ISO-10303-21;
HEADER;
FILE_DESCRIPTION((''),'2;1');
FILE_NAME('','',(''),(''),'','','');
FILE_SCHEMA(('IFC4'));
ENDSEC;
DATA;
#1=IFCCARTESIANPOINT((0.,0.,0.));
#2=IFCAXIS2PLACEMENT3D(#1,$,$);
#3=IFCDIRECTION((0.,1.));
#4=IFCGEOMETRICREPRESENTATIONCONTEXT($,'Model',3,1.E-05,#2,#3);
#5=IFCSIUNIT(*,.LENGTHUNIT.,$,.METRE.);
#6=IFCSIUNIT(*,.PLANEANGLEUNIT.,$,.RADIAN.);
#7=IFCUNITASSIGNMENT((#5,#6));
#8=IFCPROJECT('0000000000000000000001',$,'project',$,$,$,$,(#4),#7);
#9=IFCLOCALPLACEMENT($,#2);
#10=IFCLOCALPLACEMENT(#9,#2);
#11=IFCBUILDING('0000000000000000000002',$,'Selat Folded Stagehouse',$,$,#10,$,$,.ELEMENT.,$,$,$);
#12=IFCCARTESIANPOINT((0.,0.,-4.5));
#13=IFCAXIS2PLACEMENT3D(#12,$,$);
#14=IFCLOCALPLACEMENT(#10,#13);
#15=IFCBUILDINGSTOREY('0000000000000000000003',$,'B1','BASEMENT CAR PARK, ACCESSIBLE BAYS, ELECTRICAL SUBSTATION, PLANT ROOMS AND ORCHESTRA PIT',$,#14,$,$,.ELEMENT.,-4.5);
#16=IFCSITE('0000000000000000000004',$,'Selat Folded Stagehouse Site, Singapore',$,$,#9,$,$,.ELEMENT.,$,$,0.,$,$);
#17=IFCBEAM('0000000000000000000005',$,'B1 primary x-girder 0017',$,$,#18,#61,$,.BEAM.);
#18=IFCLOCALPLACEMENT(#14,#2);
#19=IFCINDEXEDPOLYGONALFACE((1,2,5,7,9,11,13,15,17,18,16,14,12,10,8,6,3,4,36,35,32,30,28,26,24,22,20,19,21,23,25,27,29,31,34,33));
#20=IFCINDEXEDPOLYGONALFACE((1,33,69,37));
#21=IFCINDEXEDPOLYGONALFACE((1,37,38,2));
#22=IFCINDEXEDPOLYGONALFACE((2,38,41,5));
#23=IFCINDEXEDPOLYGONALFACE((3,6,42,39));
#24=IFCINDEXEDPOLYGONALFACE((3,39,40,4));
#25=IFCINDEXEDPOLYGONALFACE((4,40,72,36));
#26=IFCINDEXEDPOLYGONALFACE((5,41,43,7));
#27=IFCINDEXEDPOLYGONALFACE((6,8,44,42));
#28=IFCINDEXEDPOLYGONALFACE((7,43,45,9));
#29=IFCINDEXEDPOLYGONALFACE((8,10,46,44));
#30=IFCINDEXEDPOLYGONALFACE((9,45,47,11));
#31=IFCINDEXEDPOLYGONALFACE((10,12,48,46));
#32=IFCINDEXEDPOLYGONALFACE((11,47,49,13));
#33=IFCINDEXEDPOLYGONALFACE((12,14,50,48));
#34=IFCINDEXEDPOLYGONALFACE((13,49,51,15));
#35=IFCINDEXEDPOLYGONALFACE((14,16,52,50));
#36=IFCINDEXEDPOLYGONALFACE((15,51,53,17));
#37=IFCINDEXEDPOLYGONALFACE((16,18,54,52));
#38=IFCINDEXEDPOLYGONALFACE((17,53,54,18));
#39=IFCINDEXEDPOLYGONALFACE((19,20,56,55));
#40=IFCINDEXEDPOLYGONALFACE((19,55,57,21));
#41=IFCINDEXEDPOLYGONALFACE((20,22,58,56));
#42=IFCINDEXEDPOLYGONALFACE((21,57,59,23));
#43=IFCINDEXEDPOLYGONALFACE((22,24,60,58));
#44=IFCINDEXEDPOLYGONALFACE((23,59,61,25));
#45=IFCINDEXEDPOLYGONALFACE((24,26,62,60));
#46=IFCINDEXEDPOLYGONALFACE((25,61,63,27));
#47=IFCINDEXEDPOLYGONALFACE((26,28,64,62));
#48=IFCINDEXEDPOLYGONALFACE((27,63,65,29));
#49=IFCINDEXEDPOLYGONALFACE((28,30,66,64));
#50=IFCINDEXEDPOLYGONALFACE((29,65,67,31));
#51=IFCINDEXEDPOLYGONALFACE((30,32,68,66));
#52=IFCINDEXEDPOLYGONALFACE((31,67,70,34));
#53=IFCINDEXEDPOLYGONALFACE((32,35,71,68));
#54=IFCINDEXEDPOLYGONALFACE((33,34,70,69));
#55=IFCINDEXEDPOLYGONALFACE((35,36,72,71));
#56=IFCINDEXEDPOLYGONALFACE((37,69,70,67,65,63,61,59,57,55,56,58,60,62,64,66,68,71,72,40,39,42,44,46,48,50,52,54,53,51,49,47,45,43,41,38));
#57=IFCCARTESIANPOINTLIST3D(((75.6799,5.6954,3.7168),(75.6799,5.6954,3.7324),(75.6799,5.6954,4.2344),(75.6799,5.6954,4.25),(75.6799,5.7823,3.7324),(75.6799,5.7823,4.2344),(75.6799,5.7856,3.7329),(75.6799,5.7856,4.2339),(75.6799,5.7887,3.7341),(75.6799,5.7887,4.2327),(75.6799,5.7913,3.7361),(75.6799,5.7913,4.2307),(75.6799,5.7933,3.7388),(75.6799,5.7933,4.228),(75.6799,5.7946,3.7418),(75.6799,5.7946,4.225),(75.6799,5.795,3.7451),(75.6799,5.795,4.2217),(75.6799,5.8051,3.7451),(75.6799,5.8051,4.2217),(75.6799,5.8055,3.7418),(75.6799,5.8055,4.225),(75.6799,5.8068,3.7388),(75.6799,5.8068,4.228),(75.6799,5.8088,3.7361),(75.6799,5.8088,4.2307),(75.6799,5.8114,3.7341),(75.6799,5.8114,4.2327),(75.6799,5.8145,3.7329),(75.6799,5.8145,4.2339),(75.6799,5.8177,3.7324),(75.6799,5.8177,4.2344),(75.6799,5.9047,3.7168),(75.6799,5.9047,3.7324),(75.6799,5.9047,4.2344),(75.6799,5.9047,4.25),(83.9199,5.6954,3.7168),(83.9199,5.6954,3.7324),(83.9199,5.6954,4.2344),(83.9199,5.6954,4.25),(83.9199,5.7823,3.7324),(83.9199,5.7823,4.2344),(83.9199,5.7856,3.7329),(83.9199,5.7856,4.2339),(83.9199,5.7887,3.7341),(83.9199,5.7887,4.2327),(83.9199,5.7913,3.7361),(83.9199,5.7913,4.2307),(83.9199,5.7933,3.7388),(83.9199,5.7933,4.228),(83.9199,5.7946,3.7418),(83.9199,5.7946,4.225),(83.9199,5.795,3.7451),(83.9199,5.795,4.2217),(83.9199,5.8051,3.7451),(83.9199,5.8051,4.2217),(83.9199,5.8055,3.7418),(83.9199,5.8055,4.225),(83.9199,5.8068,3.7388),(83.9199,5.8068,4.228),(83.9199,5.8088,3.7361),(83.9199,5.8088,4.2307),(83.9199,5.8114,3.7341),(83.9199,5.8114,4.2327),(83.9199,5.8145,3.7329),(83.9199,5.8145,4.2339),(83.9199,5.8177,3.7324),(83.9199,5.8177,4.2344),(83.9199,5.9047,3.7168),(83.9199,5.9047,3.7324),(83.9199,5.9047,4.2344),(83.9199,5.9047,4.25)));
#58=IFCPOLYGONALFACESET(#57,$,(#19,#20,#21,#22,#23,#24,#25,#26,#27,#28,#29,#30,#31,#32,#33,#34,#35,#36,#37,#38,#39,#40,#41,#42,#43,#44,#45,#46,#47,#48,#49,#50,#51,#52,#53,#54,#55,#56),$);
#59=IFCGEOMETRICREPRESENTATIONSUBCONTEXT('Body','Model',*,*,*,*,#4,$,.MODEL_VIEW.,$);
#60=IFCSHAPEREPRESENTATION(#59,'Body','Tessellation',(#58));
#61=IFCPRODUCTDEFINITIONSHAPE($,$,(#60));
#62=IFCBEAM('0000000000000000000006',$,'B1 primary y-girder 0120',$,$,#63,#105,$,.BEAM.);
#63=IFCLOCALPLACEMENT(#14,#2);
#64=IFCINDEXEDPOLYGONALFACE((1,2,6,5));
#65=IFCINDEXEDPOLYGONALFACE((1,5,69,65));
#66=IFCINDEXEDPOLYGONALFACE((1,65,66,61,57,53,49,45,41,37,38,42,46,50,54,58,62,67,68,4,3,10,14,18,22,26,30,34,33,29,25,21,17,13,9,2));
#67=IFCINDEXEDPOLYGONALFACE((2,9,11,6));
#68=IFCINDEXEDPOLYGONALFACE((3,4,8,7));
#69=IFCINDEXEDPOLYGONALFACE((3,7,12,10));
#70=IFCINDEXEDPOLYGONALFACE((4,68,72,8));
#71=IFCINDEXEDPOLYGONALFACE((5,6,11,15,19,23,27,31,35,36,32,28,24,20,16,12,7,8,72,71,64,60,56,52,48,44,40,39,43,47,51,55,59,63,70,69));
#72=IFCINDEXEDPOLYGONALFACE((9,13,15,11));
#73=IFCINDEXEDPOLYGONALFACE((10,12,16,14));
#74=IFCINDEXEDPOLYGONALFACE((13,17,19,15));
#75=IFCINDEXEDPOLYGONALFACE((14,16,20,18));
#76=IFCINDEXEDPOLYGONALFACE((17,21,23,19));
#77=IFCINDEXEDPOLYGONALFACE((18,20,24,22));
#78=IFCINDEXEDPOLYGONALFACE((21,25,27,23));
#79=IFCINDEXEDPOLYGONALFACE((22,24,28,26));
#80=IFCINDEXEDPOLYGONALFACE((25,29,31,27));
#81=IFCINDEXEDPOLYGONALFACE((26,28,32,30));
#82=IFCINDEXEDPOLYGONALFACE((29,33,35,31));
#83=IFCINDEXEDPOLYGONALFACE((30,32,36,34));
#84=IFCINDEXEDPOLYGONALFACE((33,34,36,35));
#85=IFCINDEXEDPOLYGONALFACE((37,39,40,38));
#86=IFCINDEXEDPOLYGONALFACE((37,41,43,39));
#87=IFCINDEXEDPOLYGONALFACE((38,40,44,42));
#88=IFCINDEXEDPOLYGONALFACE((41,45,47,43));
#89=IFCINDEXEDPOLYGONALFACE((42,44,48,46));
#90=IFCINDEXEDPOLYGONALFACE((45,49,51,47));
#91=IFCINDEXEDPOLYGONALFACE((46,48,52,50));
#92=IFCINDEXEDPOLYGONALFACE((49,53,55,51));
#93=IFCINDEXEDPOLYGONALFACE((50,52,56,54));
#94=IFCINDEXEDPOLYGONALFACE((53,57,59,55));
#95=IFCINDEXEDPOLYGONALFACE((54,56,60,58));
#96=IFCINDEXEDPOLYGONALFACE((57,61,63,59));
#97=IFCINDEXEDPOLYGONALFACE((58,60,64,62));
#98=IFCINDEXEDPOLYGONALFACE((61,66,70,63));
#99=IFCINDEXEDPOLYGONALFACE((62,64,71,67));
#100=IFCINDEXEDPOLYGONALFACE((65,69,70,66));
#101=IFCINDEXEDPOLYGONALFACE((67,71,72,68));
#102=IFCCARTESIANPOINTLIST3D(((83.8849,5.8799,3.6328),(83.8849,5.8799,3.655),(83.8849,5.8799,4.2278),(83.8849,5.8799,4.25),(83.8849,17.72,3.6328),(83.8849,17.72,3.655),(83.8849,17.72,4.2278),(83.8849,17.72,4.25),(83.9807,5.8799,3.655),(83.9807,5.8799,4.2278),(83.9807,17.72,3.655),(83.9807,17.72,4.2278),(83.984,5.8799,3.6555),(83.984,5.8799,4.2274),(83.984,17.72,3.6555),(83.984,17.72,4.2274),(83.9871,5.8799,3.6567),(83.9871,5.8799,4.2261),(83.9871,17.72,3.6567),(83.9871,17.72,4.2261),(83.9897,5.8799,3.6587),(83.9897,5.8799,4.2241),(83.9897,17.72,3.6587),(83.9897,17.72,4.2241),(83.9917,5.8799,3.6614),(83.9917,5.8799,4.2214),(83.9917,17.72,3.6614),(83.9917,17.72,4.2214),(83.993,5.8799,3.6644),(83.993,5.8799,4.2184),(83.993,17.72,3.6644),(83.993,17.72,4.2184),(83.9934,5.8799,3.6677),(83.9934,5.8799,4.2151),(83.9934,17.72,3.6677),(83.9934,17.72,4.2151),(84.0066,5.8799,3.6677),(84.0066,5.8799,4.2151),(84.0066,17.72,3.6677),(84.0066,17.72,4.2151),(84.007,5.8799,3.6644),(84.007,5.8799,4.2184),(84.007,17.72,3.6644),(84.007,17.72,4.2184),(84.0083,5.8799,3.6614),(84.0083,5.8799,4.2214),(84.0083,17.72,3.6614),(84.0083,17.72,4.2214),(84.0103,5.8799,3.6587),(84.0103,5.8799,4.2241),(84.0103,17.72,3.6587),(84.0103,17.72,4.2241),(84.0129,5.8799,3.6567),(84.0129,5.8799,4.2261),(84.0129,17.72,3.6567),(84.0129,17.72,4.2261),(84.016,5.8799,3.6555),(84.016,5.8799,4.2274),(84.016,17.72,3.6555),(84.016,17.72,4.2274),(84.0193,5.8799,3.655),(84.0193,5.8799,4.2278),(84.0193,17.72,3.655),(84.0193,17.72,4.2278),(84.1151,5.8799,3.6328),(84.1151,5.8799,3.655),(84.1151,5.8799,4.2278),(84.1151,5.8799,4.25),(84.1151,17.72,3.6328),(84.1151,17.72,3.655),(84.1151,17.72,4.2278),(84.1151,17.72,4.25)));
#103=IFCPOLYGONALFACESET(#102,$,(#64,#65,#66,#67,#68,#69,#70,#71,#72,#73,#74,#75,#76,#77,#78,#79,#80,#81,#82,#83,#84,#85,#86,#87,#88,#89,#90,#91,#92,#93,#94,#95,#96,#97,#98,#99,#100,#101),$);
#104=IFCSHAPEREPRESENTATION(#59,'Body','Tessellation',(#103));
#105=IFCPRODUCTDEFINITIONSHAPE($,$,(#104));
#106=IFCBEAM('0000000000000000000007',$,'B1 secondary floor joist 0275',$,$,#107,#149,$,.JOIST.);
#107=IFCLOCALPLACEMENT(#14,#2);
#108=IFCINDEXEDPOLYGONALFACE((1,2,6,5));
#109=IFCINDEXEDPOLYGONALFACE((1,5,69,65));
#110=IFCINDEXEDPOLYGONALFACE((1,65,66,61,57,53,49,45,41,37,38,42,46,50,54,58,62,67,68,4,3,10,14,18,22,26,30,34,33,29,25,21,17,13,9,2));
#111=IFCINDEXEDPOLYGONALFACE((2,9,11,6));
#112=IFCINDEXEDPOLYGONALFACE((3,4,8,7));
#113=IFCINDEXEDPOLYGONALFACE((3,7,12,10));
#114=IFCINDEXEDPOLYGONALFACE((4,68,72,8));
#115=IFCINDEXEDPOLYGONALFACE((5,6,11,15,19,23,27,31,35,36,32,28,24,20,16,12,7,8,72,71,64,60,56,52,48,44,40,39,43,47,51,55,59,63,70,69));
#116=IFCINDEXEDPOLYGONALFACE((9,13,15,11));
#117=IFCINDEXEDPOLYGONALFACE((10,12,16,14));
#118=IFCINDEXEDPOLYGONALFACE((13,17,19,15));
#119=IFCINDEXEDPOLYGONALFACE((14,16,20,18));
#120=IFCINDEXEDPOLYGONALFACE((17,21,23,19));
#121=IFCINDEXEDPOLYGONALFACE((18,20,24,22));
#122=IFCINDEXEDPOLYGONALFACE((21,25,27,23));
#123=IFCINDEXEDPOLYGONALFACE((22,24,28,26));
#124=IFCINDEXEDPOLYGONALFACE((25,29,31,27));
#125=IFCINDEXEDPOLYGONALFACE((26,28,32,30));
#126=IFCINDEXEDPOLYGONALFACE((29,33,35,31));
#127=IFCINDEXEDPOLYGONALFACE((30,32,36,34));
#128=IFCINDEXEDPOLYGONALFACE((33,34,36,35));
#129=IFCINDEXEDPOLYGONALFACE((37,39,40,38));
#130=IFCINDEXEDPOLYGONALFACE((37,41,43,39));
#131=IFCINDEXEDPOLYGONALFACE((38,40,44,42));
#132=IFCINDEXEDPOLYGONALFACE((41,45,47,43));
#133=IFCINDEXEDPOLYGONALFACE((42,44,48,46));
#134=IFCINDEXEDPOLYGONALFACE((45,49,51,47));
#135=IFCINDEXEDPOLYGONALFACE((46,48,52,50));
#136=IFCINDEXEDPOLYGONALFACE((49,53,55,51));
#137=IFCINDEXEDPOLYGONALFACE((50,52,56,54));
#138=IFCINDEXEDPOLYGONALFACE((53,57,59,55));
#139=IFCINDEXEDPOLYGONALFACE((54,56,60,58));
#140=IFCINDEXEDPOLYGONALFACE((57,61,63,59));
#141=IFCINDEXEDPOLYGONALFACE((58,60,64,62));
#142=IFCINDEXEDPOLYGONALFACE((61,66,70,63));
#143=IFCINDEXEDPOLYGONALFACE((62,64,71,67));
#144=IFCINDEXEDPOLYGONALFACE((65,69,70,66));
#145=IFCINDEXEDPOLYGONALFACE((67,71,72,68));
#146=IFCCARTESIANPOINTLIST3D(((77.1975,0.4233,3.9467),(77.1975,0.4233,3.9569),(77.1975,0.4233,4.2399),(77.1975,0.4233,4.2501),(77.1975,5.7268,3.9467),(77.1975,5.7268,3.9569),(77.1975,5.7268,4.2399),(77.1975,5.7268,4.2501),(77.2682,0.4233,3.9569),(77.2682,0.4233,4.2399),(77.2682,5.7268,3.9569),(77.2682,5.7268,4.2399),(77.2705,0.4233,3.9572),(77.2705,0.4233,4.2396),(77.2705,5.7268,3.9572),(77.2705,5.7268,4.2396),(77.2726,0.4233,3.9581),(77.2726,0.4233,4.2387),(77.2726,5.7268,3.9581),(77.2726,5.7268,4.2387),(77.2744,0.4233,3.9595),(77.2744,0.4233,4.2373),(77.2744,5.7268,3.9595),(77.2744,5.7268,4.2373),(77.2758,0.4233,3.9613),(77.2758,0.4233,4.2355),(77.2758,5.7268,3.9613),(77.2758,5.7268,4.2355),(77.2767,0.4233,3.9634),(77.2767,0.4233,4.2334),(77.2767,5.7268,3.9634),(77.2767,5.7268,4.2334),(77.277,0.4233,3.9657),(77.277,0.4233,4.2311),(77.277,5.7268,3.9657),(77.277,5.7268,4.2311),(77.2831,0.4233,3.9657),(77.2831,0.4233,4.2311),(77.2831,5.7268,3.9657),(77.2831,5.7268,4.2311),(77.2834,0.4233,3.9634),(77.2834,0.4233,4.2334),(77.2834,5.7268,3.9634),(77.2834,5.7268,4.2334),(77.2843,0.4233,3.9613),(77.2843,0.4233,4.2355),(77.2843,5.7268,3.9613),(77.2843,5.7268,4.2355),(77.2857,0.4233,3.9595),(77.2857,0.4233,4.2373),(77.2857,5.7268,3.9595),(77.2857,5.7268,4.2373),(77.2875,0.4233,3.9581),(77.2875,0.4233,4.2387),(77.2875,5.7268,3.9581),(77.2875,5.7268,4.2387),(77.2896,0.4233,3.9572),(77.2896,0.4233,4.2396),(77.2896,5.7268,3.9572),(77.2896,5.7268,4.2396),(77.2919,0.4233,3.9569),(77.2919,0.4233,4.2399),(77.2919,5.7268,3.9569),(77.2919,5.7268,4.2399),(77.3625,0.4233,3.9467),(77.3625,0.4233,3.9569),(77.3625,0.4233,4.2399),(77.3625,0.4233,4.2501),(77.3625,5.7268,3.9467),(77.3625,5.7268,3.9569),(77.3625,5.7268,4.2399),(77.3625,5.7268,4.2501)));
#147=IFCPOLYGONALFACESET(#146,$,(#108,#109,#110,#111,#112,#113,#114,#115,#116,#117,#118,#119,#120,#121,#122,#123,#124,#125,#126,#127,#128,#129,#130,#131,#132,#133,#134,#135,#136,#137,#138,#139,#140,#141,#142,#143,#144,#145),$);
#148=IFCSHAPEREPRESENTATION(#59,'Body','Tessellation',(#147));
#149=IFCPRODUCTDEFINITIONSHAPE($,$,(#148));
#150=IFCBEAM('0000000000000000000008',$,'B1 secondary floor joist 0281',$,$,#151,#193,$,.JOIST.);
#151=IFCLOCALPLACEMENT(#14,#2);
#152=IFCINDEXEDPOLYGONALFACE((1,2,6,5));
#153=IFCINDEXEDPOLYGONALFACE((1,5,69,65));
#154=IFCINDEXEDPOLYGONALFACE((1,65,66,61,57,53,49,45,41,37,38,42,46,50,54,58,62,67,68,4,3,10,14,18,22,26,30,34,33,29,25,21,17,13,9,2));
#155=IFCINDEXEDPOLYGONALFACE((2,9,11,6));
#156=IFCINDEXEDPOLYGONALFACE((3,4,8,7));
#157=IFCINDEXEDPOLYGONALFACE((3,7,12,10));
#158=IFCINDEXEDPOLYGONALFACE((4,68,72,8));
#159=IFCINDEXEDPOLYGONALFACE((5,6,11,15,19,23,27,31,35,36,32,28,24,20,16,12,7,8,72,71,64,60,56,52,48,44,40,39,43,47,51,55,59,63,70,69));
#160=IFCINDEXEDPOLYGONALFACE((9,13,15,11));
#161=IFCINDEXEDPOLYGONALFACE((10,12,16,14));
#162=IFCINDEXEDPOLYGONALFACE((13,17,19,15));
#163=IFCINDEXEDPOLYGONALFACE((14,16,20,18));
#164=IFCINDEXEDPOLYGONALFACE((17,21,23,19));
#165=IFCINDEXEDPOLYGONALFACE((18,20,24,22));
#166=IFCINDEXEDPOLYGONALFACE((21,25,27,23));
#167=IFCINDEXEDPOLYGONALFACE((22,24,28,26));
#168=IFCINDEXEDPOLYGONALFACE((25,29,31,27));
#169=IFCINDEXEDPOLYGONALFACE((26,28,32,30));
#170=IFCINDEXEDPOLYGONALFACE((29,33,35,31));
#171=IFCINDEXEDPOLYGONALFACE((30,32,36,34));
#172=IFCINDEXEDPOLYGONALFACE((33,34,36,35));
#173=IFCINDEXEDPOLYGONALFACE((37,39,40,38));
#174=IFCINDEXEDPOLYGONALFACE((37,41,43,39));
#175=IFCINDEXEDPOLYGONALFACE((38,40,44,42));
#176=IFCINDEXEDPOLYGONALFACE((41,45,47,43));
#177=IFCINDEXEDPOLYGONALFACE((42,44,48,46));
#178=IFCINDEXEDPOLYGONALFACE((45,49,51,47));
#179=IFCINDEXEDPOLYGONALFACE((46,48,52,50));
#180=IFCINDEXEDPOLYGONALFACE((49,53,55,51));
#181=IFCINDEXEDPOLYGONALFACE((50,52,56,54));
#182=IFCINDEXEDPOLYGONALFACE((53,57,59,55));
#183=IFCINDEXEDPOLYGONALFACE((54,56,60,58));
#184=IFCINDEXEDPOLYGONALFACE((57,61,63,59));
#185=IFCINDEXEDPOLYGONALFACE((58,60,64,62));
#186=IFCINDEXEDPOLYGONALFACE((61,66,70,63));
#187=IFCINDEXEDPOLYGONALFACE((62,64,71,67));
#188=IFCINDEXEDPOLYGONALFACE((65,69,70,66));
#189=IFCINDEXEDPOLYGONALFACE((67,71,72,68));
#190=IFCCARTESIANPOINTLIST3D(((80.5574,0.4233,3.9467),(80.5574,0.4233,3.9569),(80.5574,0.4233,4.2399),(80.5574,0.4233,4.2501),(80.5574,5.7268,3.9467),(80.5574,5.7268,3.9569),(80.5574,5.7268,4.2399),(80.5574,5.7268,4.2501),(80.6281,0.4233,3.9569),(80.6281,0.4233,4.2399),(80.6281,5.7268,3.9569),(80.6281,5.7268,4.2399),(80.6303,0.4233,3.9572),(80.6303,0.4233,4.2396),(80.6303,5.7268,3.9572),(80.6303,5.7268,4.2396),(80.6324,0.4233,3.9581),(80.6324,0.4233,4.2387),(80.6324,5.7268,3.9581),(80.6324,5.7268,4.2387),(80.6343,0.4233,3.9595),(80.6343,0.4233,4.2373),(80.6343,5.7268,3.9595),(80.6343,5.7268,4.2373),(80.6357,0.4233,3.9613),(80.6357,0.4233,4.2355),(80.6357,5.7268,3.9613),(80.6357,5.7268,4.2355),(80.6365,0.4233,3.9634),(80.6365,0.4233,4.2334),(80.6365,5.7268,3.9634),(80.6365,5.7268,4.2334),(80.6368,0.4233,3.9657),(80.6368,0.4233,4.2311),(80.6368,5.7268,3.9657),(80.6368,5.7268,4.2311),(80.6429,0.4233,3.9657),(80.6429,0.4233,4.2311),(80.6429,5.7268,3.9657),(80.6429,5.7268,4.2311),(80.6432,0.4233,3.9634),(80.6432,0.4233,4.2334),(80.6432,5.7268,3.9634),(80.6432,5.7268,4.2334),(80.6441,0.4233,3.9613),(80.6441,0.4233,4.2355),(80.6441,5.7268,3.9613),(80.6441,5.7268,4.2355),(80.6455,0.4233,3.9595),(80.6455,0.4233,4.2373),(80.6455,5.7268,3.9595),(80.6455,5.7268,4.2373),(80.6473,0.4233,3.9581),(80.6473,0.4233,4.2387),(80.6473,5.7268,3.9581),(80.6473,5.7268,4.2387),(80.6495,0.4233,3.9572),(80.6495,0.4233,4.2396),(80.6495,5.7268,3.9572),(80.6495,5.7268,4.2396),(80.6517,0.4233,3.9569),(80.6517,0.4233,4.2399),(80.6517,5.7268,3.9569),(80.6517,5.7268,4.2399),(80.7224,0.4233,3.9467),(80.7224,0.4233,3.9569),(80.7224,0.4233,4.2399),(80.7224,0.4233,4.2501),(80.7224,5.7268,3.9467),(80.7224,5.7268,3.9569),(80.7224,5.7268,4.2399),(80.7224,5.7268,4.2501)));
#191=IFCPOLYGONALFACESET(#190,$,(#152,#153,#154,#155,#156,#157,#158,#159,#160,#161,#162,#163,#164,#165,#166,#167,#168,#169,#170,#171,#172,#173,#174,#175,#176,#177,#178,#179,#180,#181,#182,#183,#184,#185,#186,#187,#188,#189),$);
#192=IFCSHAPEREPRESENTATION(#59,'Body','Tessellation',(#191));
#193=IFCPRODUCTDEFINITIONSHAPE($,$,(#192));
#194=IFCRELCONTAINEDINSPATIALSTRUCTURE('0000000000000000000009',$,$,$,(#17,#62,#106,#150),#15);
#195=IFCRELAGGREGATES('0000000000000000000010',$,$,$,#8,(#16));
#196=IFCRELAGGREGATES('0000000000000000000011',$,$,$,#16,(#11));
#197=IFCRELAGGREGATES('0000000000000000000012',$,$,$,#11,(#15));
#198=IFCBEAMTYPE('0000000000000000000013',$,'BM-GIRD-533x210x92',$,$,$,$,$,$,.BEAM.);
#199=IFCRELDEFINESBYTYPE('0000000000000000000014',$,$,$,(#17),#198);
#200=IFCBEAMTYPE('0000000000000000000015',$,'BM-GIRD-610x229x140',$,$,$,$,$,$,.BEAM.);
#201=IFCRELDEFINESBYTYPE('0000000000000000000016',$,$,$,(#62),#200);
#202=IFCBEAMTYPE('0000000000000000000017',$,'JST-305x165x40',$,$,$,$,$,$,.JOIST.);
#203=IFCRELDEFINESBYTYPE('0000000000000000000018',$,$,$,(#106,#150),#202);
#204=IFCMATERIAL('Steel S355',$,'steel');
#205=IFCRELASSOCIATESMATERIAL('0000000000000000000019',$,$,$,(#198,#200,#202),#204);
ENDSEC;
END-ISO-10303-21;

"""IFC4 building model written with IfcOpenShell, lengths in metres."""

from ifc_helpers import new_model, si_unit, direction, frame, origin, origin_2d, place, context, subcontext, project, spatial, i_section, extrude, material, material_profile, profile_set, type_object, element, save


model = new_model("IFC4")

# Units and contexts
model_context = context("Model", 3, precision=1e-05, world=origin(), true_north=direction((0.0, 1.0)))
body_context = subcontext(model_context, "Body", "Model", "MODEL_VIEW")
ifc_project = project(units=[si_unit("LENGTHUNIT", "METRE"), si_unit("PLANEANGLEUNIT", "RADIAN")], contexts=[model_context])

# Site, building, storey
site_placement = place(None, origin())
site = spatial("IfcSite", under=ifc_project, at=site_placement, Name="Selat Folded Stagehouse Site, Singapore", CompositionType="ELEMENT", RefElevation=0.0)
building_placement = place(site_placement, origin())
building = spatial("IfcBuilding", under=site, at=building_placement, Name="Selat Folded Stagehouse", CompositionType="ELEMENT")
storey_placement = place(building_placement, frame((0.0, 0.0, -4.5)))
storey = spatial("IfcBuildingStorey", under=building, at=storey_placement, Name="B1", Description="BASEMENT CAR PARK, ACCESSIBLE BAYS, ELECTRICAL SUBSTATION, PLANT ROOMS AND ORCHESTRA PIT", CompositionType="ELEMENT", Elevation=-4.5)

# Shared definitions
ifc_material_1 = material(Name="Steel S355", Category="steel")

# Beams
ifc_material_profile_1 = material_profile(ifc_material_1, i_section(OverallWidth=0.2092, OverallDepth=0.5332, WebThickness=0.01, FlangeThickness=0.0156, FilletRadius=0.0127, at=origin_2d()), Name="UKB 533x210x92")
ifc_profile_set_1 = profile_set([ifc_material_profile_1], Name="Steel S355")
beam_type_1 = type_object("IfcBeamType", Name="BM-GIRD-533x210x92", PredefinedType="BEAM", material=ifc_profile_set_1)
beam_1_placement = place(storey_placement, frame((75.6799, 5.8, 3.9834), z_axis=(1.0, 0.0, 0.0), x_axis=(0.0, 1.0, 0.0)))
element("IfcBeam", 1, at=beam_1_placement, inside=storey, type_object=beam_type_1, Name="B1 primary x-girder 0017", PredefinedType="BEAM", context=body_context, shape_type="SweptSolid", body=[
    extrude(i_section(OverallWidth=0.2092, OverallDepth=0.5332, WebThickness=0.01, FlangeThickness=0.0156, FilletRadius=0.0127, at=origin_2d()), origin(), (0.0, 0.0, 1.0), 8.24),
])
ifc_material_profile_2 = material_profile(ifc_material_1, i_section(OverallWidth=0.2302, OverallDepth=0.6172, WebThickness=0.0132, FlangeThickness=0.0222, FilletRadius=0.0127, at=origin_2d()), Name="UKB 610x229x140")
ifc_profile_set_2 = profile_set([ifc_material_profile_2], Name="Steel S355")
beam_type_2 = type_object("IfcBeamType", Name="BM-GIRD-610x229x140", PredefinedType="BEAM", material=ifc_profile_set_2)
beam_2_placement = place(storey_placement, frame((84.0, 5.8799, 3.9414), z_axis=(0.0, 1.0, 0.0), x_axis=(-1.0, 0.0, 0.0)))
element("IfcBeam", 2, at=beam_2_placement, inside=storey, type_object=beam_type_2, Name="B1 primary y-girder 0120", PredefinedType="BEAM", context=body_context, shape_type="SweptSolid", body=[
    extrude(i_section(OverallWidth=0.2302, OverallDepth=0.6172, WebThickness=0.0132, FlangeThickness=0.0222, FilletRadius=0.0127, at=origin_2d()), origin(), (0.0, 0.0, 1.0), 11.8401),
])
ifc_material_profile_3 = material_profile(ifc_material_1, i_section(OverallWidth=0.165, OverallDepth=0.3035, WebThickness=0.0061, FlangeThickness=0.0103, FilletRadius=0.0088, at=origin_2d()), Name="UKB 305x165x40")
ifc_profile_set_3 = profile_set([ifc_material_profile_3], Name="Steel S355")
beam_type_3 = type_object("IfcBeamType", Name="JST-305x165x40", PredefinedType="JOIST", material=ifc_profile_set_3)
for number, where, z_axis, x_axis, name in (
    (3, (77.28, 0.4233, 4.0984), (0.0, 1.0, 0.0), (-1.0, 0.0, 0.0), "B1 secondary floor joist 0275"),
    (4, (80.6399, 0.4233, 4.0984), (0.0, 1.0, 0.0), (-1.0, 0.0, 0.0), "B1 secondary floor joist 0281"),
):
    element("IfcBeam", number, at=place(storey_placement, frame(where, z_axis=z_axis, x_axis=x_axis)), inside=storey, type_object=beam_type_3, Name=name, PredefinedType="JOIST", context=body_context, shape_type="SweptSolid", body=[
        extrude(i_section(OverallWidth=0.165, OverallDepth=0.3035, WebThickness=0.0061, FlangeThickness=0.0103, FilletRadius=0.0088, at=origin_2d()), origin(), (0.0, 0.0, 1.0), 5.3035),
    ])

save(model, "model.ifc")
